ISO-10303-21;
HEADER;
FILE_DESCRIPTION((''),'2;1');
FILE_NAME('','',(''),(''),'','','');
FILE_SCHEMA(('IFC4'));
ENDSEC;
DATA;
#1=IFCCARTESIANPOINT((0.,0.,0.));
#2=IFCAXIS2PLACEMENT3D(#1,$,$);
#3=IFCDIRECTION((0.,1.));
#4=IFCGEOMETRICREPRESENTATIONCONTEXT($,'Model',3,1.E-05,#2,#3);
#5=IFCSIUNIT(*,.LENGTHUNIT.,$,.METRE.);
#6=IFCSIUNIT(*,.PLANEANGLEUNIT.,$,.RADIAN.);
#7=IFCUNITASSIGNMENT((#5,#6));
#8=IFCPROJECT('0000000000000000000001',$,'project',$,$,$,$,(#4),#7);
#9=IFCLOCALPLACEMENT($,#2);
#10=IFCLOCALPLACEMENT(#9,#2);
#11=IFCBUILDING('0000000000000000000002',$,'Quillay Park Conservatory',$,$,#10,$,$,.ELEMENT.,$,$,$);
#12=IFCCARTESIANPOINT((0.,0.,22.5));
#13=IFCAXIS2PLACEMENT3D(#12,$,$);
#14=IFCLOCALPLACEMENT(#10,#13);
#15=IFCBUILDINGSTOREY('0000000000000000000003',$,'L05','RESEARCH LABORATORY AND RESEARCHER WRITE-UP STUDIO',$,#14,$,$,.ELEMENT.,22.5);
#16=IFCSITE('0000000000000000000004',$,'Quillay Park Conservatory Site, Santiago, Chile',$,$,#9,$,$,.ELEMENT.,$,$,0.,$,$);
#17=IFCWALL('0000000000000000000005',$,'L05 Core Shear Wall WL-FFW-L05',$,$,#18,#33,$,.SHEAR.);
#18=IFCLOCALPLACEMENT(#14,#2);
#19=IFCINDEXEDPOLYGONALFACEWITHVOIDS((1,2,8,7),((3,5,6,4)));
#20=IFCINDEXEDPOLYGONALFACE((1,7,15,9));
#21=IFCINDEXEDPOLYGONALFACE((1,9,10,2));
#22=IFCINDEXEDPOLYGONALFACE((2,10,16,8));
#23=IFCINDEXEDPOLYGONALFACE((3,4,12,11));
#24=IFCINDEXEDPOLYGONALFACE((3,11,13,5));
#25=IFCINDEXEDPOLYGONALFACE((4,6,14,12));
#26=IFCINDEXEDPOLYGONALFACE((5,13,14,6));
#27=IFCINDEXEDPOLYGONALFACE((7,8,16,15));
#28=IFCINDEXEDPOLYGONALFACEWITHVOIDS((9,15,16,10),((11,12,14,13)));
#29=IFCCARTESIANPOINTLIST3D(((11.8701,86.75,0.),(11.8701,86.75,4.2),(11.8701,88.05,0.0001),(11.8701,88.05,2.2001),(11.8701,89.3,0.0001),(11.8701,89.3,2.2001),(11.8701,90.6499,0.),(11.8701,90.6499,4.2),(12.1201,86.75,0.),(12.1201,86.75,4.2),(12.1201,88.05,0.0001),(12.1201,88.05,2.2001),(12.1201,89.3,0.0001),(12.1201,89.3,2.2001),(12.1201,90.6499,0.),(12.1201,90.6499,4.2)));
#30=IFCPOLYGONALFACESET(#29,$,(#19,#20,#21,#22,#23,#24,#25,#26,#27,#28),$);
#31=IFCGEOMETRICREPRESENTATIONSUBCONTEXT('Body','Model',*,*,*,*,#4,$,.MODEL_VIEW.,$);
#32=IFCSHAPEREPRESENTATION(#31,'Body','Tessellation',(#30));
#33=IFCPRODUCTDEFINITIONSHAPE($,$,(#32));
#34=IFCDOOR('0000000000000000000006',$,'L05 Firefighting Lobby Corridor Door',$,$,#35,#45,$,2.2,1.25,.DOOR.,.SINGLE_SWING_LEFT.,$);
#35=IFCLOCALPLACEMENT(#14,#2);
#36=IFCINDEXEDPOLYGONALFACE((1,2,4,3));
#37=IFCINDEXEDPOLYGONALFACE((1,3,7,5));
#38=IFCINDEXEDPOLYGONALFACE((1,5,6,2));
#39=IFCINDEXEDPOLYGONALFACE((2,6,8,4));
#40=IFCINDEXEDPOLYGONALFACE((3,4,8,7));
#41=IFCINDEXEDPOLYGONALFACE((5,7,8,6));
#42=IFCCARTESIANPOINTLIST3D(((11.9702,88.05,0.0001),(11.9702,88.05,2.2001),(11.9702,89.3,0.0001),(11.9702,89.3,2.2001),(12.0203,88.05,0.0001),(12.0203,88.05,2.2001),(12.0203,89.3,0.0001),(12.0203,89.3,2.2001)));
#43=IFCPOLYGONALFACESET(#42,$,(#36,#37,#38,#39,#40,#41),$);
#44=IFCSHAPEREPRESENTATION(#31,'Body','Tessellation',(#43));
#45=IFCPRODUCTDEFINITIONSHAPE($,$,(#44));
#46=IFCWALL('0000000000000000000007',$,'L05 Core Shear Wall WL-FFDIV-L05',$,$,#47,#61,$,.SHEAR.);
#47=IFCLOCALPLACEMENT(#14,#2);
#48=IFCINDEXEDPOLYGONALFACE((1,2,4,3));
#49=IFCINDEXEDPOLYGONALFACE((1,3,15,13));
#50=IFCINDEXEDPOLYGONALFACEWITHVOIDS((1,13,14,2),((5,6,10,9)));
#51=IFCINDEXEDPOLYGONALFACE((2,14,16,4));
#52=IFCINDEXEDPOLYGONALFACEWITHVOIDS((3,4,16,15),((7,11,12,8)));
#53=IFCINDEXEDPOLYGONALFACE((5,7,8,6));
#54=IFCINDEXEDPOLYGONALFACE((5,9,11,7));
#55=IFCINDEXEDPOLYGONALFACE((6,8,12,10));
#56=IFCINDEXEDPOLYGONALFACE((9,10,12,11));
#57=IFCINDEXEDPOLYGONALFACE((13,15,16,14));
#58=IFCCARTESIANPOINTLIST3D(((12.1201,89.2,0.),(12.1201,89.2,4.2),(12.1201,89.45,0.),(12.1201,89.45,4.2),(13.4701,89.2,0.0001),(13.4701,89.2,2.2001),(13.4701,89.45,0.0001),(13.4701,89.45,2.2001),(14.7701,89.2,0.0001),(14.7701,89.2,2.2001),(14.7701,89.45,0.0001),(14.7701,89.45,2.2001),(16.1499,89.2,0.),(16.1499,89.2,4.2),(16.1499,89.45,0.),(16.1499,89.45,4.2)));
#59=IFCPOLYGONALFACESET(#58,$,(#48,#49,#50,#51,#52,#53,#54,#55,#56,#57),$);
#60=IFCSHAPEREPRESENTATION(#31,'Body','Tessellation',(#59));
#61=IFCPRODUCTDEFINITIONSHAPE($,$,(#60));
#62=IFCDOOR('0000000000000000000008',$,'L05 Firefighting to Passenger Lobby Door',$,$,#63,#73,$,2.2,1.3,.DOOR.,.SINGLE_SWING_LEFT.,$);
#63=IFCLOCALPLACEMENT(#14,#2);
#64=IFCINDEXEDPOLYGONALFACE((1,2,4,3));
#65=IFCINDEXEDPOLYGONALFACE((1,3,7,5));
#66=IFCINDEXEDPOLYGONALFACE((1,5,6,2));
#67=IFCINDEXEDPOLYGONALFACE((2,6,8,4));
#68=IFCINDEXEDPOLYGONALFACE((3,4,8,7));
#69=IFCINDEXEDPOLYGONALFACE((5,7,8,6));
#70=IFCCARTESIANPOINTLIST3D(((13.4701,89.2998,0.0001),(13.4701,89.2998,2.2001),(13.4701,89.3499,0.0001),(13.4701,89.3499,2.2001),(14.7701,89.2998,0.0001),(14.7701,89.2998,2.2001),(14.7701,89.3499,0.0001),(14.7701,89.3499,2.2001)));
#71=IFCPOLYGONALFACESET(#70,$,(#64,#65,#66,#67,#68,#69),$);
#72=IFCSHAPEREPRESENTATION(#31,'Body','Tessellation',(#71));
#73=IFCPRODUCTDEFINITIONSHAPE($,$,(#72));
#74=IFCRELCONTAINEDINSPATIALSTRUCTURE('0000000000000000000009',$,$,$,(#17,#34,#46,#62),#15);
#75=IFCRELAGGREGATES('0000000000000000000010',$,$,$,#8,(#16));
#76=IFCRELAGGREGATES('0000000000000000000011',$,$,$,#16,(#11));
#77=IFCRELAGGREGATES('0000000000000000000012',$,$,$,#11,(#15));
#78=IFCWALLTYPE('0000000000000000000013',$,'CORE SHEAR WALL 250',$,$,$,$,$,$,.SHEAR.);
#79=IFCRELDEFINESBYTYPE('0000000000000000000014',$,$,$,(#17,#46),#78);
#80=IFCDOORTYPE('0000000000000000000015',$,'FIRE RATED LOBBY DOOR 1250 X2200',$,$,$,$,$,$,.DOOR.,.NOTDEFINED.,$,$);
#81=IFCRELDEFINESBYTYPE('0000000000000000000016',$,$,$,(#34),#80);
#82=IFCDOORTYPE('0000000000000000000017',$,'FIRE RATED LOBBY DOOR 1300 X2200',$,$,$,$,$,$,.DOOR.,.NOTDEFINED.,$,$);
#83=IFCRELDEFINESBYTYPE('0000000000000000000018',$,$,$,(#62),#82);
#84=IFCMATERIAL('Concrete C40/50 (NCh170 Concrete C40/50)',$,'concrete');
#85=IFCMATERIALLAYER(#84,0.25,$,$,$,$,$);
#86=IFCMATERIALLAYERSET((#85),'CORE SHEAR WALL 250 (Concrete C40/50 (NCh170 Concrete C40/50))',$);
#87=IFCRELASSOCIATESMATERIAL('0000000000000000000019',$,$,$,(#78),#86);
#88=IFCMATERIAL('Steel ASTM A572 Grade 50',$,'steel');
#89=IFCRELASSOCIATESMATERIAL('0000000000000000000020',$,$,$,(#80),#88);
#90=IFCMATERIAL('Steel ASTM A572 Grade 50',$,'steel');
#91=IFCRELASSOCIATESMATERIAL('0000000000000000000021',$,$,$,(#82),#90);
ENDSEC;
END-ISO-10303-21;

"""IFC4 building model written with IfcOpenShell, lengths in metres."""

from ifc_helpers import new_model, si_unit, direction, frame, frame_2d, origin, place, context, subcontext, project, spatial, rectangle, extrude, material, layer, layer_set, type_object, element, fill, save


model = new_model("IFC4")

# Units and contexts
model_context = context("Model", 3, precision=1e-05, world=origin(), true_north=direction((0.0, 1.0)))
body_context = subcontext(model_context, "Body", "Model", "MODEL_VIEW")
ifc_project = project(units=[si_unit("LENGTHUNIT", "METRE"), si_unit("PLANEANGLEUNIT", "RADIAN")], contexts=[model_context])

# Site, building, storey
site_placement = place(None, origin())
site = spatial("IfcSite", under=ifc_project, at=site_placement, Name="Quillay Park Conservatory Site, Santiago, Chile", CompositionType="ELEMENT", RefElevation=0.0)
building_placement = place(site_placement, origin())
building = spatial("IfcBuilding", under=site, at=building_placement, Name="Quillay Park Conservatory", CompositionType="ELEMENT")
storey_placement = place(building_placement, frame((0.0, 0.0, 22.5)))
storey = spatial("IfcBuildingStorey", under=building, at=storey_placement, Name="L05", Description="RESEARCH LABORATORY AND RESEARCHER WRITE-UP STUDIO", CompositionType="ELEMENT", Elevation=22.5)

# Shared definitions
ifc_material_1 = material(Name="Concrete C40/50 (NCh170 Concrete C40/50)", Category="concrete")
ifc_layer_1 = layer(ifc_material_1, 0.25)
ifc_layer_set_1 = layer_set([ifc_layer_1], Name="CORE SHEAR WALL 250 (Concrete C40/50 (NCh170 Concrete C40/50))")
wall_type_1 = type_object("IfcWallType", Name="CORE SHEAR WALL 250", PredefinedType="SHEAR", material=ifc_layer_set_1)

# Walls, openings, doors
wall_1_placement = place(storey_placement, frame((11.9951, 86.75, 0.0), z_axis=(0.0, 0.0, 1.0), x_axis=(0.0, 1.0, 0.0)))
wall_1 = element("IfcWall", 1, at=wall_1_placement, inside=storey, type_object=wall_type_1, Name="L05 Core Shear Wall WL-FFW-L05", PredefinedType="SHEAR", context=body_context, shape_type="SweptSolid", body=[
    extrude(rectangle(XDim=3.8999, YDim=0.25, at=frame_2d((1.95, 0.0))), origin(), (0.0, 0.0, 1.0), 4.2),
])
opening_1_placement = place(wall_1_placement, frame((1.3, 0.0, 0.0)))
opening_1 = element("IfcOpeningElement", 2, at=opening_1_placement, cuts=wall_1, PredefinedType="OPENING", context=body_context, shape_type="SweptSolid", body=[
    extrude(rectangle(XDim=1.25, YDim=2.2, at=frame_2d((0.625, 1.1001))), frame((0.0, 0.125, 0.0), z_axis=(0.0, -1.0, 0.0), x_axis=(1.0, 0.0, 0.0)), (0.0, 0.0, 1.0), 0.25),
])
ifc_material_2 = material(Name="Steel ASTM A572 Grade 50", Category="steel")
door_type_1 = type_object("IfcDoorType", Name="FIRE RATED LOBBY DOOR 1250 X2200", OperationType="NOTDEFINED", PredefinedType="DOOR", material=ifc_material_2)
door_1_placement = place(opening_1_placement, origin())
door_1 = element("IfcDoor", 3, at=door_1_placement, inside=storey, type_object=door_type_1, Name="L05 Firefighting Lobby Corridor Door", OperationType="SINGLE_SWING_LEFT", OverallHeight=2.2, OverallWidth=1.25, PredefinedType="DOOR", context=body_context, shape_type="SweptSolid", body=[
    extrude(rectangle(XDim=1.25, YDim=2.2, at=frame_2d((0.625, 1.1001))), frame((0.0, 0.0249, 0.0), z_axis=(0.0, -1.0, 0.0), x_axis=(1.0, 0.0, 0.0)), (0.0, 0.0, 1.0), 0.05),
])
fill(opening_1, door_1)
wall_2_placement = place(storey_placement, frame((12.1201, 89.325, 0.0), z_axis=(0.0, 0.0, 1.0), x_axis=(1.0, 0.0, 0.0)))
wall_2 = element("IfcWall", 4, at=wall_2_placement, inside=storey, type_object=wall_type_1, Name="L05 Core Shear Wall WL-FFDIV-L05", PredefinedType="SHEAR", context=body_context, shape_type="SweptSolid", body=[
    extrude(rectangle(XDim=4.0298, YDim=0.25, at=frame_2d((2.0149, 0.0))), origin(), (0.0, 0.0, 1.0), 4.2),
])
opening_2_placement = place(wall_2_placement, frame((1.3501, 0.0, 0.0)))
opening_2 = element("IfcOpeningElement", 5, at=opening_2_placement, cuts=wall_2, PredefinedType="OPENING", context=body_context, shape_type="SweptSolid", body=[
    extrude(rectangle(XDim=1.3, YDim=2.2, at=frame_2d((0.6499, 1.1001))), frame((0.0, 0.125, 0.0), z_axis=(0.0, -1.0, 0.0), x_axis=(1.0, 0.0, 0.0)), (0.0, 0.0, 1.0), 0.25),
])
ifc_material_3 = material(Name="Steel ASTM A572 Grade 50", Category="steel")
door_type_2 = type_object("IfcDoorType", Name="FIRE RATED LOBBY DOOR 1300 X2200", OperationType="NOTDEFINED", PredefinedType="DOOR", material=ifc_material_3)
door_2_placement = place(opening_2_placement, origin())
door_2 = element("IfcDoor", 6, at=door_2_placement, inside=storey, type_object=door_type_2, Name="L05 Firefighting to Passenger Lobby Door", OperationType="SINGLE_SWING_LEFT", OverallHeight=2.2, OverallWidth=1.3, PredefinedType="DOOR", context=body_context, shape_type="SweptSolid", body=[
    extrude(rectangle(XDim=1.3, YDim=2.2, at=frame_2d((0.6499, 1.1001))), frame((0.0, 0.0249, 0.0), z_axis=(0.0, -1.0, 0.0), x_axis=(1.0, 0.0, 0.0)), (0.0, 0.0, 1.0), 0.05),
])
fill(opening_2, door_2)

save(model, "model.ifc")
